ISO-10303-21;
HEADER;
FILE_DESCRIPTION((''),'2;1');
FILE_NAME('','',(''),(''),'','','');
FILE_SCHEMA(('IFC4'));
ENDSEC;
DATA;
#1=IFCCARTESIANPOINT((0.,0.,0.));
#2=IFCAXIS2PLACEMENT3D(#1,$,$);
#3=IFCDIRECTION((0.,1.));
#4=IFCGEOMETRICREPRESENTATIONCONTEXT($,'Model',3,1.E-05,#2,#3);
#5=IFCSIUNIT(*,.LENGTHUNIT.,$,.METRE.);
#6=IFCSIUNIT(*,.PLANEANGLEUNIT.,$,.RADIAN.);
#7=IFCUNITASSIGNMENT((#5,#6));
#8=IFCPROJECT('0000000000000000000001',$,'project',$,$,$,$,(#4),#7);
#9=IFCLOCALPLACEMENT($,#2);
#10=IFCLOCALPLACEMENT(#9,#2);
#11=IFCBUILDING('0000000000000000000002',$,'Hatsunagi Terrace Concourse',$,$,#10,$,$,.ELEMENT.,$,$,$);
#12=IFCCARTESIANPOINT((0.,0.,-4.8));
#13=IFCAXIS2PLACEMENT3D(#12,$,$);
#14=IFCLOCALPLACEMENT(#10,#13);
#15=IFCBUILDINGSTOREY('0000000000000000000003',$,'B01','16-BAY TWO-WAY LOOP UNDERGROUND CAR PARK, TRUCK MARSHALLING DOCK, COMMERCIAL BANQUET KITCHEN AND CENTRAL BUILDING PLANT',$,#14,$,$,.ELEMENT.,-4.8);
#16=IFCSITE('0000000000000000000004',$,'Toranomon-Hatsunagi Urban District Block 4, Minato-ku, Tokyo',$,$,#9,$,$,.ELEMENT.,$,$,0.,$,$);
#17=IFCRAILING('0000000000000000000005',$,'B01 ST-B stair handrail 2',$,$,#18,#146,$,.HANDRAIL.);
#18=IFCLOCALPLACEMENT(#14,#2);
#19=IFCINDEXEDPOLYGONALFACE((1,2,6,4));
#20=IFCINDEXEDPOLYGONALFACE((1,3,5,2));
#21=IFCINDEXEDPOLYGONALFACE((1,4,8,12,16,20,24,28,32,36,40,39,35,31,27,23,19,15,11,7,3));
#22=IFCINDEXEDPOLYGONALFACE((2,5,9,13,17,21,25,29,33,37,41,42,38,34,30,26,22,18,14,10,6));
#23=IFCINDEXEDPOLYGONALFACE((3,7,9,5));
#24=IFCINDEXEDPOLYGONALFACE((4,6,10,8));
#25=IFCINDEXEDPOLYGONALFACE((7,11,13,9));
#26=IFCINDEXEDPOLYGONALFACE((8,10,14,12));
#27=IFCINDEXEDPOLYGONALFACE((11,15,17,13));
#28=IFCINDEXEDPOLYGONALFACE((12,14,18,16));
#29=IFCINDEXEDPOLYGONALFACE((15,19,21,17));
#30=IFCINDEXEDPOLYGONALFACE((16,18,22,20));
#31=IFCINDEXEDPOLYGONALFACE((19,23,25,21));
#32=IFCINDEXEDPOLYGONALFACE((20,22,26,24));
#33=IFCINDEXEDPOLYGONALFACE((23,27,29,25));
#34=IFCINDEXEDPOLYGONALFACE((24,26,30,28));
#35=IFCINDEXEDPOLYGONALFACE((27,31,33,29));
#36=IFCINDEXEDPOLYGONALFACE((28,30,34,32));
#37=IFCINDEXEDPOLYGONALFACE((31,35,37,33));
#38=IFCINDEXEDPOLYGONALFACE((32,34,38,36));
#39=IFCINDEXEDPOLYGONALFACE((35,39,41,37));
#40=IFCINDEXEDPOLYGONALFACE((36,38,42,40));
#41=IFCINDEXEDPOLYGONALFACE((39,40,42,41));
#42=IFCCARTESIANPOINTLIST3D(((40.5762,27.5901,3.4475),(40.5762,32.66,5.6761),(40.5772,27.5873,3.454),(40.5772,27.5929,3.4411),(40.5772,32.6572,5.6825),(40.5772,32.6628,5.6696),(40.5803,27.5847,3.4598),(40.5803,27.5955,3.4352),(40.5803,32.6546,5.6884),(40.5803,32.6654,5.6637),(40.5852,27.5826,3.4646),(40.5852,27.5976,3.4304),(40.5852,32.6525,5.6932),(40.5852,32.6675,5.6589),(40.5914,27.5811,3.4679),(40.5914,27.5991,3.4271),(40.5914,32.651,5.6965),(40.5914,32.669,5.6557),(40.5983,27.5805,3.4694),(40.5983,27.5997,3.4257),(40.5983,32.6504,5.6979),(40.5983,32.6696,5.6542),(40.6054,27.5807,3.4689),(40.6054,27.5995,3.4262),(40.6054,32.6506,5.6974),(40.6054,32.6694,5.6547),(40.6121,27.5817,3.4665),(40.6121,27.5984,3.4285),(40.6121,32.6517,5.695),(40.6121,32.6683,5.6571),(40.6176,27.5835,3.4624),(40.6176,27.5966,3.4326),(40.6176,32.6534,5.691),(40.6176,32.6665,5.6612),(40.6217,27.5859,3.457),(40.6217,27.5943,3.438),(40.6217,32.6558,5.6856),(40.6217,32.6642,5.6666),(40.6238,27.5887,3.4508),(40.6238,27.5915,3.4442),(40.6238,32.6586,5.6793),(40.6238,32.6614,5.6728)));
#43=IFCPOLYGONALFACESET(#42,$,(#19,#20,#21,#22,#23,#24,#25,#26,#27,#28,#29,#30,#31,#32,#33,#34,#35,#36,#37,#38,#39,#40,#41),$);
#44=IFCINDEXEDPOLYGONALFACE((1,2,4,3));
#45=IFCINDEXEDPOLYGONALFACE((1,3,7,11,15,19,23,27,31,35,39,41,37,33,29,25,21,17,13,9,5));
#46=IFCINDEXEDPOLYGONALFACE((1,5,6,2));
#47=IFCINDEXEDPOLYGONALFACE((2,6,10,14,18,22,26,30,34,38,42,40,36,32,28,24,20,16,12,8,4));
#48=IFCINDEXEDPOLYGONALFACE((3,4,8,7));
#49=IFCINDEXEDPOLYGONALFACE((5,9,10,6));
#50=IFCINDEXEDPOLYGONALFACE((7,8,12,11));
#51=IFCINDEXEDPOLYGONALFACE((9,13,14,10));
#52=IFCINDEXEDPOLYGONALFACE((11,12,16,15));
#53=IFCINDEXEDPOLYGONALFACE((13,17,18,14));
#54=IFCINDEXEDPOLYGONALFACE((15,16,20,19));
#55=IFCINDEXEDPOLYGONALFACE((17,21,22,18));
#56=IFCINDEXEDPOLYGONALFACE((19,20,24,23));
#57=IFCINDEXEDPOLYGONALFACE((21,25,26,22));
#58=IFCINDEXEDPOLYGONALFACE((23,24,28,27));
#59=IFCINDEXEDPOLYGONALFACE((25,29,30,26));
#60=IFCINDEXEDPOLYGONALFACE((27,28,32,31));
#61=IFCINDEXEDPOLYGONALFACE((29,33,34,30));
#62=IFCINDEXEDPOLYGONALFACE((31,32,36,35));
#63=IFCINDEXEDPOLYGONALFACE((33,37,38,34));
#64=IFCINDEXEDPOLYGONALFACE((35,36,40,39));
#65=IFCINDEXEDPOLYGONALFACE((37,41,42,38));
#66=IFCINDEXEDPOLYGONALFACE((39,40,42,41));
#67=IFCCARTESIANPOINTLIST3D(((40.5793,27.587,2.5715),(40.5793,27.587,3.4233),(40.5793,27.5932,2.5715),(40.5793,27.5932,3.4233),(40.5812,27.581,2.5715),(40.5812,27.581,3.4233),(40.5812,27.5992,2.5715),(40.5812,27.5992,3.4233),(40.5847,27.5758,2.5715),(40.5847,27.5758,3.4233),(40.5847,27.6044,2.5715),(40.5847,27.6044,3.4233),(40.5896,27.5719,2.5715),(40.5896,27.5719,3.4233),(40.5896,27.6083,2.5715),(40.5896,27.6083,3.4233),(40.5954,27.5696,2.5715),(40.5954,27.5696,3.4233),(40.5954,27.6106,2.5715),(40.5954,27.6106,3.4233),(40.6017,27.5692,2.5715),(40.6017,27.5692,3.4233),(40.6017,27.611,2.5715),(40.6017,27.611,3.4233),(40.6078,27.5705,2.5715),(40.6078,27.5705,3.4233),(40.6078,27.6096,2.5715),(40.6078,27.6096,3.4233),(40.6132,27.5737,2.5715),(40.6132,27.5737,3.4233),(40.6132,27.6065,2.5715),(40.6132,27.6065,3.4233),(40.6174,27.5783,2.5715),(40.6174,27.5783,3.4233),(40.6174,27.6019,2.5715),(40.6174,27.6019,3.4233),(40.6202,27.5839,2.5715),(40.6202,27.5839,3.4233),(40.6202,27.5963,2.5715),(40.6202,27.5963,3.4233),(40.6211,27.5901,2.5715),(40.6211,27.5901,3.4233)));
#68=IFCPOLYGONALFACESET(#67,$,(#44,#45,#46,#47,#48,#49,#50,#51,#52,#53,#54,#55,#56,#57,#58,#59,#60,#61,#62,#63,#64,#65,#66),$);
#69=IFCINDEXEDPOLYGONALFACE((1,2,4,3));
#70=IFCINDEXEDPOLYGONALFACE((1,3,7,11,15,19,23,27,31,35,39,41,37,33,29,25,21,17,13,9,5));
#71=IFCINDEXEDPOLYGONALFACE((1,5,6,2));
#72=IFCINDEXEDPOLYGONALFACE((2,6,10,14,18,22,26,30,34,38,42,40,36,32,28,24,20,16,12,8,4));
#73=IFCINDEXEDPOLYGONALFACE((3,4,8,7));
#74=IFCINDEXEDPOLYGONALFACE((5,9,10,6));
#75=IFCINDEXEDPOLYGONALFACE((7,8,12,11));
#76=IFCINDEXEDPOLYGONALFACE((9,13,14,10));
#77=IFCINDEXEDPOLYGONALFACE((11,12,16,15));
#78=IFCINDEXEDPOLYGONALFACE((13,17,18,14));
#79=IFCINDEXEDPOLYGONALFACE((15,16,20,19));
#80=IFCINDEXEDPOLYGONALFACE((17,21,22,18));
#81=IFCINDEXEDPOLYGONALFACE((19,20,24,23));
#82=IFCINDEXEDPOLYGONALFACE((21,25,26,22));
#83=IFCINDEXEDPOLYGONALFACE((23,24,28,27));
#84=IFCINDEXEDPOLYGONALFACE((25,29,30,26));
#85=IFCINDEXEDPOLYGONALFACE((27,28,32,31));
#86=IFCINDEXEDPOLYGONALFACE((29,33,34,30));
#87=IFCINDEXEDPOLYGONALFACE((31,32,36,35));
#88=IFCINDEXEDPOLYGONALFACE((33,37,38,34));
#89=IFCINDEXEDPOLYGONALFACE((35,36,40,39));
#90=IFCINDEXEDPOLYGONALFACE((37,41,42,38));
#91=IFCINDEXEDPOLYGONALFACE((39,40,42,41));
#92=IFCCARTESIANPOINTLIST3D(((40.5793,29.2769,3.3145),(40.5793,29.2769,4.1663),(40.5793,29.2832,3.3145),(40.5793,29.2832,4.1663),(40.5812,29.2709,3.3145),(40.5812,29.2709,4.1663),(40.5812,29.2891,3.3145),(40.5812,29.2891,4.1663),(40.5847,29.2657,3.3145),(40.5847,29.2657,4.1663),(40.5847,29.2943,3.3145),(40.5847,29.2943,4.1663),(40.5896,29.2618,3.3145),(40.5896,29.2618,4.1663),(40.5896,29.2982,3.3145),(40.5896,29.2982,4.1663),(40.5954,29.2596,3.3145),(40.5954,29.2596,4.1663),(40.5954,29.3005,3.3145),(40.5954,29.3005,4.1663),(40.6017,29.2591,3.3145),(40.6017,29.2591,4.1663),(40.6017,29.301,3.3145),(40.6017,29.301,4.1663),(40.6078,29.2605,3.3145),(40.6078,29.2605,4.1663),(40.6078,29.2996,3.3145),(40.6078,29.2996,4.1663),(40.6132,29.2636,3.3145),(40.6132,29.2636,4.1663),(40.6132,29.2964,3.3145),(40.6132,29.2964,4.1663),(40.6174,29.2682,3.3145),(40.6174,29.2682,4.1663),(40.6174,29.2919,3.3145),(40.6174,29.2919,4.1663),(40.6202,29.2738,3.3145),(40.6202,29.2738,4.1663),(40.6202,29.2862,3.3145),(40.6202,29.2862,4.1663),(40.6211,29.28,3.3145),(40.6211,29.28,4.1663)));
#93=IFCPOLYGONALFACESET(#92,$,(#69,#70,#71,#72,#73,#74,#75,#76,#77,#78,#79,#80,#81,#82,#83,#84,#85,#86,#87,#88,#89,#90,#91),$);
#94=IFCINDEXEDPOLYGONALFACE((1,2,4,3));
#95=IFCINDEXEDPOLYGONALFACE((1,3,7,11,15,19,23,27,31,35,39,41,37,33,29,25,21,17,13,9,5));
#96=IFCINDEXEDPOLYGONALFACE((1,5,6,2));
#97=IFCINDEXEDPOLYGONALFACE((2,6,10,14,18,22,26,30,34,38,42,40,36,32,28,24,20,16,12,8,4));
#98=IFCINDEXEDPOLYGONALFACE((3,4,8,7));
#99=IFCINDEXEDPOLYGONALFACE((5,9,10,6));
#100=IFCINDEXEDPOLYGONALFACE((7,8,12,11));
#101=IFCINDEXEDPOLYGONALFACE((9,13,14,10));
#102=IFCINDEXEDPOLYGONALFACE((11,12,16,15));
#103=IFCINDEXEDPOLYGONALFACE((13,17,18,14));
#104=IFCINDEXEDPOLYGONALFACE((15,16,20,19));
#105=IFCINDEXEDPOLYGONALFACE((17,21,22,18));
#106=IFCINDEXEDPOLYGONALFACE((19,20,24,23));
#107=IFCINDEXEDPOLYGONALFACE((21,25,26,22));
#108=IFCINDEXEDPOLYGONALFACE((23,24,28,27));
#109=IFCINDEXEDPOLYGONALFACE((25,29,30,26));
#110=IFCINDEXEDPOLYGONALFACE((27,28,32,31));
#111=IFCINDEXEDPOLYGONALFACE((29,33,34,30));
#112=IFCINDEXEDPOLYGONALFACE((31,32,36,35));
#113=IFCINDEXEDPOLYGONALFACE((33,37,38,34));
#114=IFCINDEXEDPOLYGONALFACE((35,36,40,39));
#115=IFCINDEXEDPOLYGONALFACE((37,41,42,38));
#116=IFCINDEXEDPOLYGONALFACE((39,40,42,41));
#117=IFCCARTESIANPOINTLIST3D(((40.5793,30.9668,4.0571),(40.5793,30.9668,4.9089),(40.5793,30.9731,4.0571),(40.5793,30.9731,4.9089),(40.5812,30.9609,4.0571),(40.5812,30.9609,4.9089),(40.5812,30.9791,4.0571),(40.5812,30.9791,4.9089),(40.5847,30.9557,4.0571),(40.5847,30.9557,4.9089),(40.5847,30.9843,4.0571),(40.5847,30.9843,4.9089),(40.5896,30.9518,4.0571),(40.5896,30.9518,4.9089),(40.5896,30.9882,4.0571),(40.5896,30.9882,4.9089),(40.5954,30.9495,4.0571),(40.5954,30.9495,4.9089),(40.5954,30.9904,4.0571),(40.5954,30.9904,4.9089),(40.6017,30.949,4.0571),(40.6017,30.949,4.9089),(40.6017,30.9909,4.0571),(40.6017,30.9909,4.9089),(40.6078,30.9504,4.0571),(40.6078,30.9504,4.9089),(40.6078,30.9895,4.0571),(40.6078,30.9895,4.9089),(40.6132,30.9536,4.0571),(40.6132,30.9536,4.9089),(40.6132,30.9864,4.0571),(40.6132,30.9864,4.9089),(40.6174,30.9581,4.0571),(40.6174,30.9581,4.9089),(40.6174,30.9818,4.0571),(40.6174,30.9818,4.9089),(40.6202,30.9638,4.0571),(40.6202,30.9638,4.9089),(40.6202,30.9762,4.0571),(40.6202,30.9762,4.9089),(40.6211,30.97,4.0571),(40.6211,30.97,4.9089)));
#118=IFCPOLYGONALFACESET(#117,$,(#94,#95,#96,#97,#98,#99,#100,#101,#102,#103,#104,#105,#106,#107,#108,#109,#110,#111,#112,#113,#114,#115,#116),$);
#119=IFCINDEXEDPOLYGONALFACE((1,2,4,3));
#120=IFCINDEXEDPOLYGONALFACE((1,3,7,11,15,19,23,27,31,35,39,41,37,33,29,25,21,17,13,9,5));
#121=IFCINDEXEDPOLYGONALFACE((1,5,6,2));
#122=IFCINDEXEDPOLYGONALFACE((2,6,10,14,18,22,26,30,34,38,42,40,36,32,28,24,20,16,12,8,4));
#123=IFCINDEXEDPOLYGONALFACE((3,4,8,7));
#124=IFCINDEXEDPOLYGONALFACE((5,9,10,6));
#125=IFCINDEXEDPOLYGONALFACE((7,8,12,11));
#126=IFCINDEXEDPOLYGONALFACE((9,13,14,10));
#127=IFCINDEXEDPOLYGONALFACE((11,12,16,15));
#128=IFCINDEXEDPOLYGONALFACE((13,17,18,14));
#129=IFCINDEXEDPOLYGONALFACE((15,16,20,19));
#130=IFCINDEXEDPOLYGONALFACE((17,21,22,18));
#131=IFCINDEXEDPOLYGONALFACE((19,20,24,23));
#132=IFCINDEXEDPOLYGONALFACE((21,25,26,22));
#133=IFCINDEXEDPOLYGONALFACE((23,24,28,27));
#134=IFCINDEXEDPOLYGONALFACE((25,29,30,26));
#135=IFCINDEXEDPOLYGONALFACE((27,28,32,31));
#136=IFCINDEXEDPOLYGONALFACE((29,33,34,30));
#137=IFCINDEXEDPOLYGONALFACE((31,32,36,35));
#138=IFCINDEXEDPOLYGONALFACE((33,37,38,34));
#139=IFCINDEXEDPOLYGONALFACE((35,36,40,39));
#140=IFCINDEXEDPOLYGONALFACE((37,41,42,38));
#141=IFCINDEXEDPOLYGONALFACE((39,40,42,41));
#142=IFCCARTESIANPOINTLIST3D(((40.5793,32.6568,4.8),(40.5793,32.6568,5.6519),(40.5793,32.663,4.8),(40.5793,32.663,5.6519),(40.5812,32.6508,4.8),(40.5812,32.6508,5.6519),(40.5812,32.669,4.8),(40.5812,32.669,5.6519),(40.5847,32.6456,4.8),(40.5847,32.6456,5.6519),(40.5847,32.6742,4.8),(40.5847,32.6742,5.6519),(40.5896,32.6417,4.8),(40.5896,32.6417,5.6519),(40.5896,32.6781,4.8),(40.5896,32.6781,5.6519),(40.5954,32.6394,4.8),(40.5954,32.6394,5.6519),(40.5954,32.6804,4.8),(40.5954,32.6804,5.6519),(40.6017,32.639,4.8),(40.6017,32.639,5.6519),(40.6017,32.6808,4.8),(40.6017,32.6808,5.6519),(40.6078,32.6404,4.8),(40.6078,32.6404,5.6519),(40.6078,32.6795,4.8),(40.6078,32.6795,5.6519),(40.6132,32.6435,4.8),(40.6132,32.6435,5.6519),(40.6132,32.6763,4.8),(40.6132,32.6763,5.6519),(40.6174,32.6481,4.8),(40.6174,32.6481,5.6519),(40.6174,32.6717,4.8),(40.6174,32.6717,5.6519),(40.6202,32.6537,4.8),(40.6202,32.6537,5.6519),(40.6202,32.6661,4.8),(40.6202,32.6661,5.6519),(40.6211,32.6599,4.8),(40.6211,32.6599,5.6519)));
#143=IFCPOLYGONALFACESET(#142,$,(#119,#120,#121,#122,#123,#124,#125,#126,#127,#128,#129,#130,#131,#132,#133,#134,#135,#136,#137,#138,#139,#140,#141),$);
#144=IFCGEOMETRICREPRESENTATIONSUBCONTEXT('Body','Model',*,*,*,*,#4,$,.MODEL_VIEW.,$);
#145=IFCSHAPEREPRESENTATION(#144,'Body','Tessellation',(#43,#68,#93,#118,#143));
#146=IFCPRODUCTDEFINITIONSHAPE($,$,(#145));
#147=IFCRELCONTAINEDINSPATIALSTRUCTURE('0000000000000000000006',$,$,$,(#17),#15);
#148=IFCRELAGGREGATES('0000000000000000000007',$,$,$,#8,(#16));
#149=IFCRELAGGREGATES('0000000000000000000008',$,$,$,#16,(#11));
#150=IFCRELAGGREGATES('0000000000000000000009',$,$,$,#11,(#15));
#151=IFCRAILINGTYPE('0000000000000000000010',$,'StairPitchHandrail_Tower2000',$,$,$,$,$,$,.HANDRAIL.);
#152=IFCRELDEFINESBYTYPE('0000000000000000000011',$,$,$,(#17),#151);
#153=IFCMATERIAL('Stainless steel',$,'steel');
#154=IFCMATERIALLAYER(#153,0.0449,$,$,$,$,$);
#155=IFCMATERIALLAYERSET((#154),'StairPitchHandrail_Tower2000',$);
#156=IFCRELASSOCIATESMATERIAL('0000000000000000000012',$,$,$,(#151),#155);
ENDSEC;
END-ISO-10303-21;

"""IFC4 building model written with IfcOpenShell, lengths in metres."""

from ifc_helpers import new_model, si_unit, direction, frame, origin, origin_2d, place, context, subcontext, project, spatial, circle, extrude, material, layer, layer_set, type_object, element, save


model = new_model("IFC4")

# Units and contexts
model_context = context("Model", 3, precision=1e-05, world=origin(), true_north=direction((0.0, 1.0)))
body_context = subcontext(model_context, "Body", "Model", "MODEL_VIEW")
ifc_project = project(units=[si_unit("LENGTHUNIT", "METRE"), si_unit("PLANEANGLEUNIT", "RADIAN")], contexts=[model_context])

# Site, building, storey
site_placement = place(None, origin())
site = spatial("IfcSite", under=ifc_project, at=site_placement, Name="Toranomon-Hatsunagi Urban District Block 4, Minato-ku, Tokyo", CompositionType="ELEMENT", RefElevation=0.0)
building_placement = place(site_placement, origin())
building = spatial("IfcBuilding", under=site, at=building_placement, Name="Hatsunagi Terrace Concourse", CompositionType="ELEMENT")
storey_placement = place(building_placement, frame((0.0, 0.0, -4.8)))
storey = spatial("IfcBuildingStorey", under=building, at=storey_placement, Name="B01", Description="16-BAY TWO-WAY LOOP UNDERGROUND CAR PARK, TRUCK MARSHALLING DOCK, COMMERCIAL BANQUET KITCHEN AND CENTRAL BUILDING PLANT", CompositionType="ELEMENT", Elevation=-4.8)

# Railing
ifc_material_1 = material(Name="Stainless steel", Category="steel")
ifc_layer_1 = layer(ifc_material_1, 0.0449)
ifc_layer_set_1 = layer_set([ifc_layer_1], Name="StairPitchHandrail_Tower2000")
railing_type_1 = type_object("IfcRailingType", Name="StairPitchHandrail_Tower2000", PredefinedType="HANDRAIL", material=ifc_layer_set_1)
railing_1_placement = place(storey_placement, frame((40.6001, 27.5901, 2.5715)))
element("IfcRailing", 1, at=railing_1_placement, inside=storey, type_object=railing_type_1, Name="B01 ST-B stair handrail 2", PredefinedType="HANDRAIL", context=body_context, shape_type="SweptSolid", body=[
    extrude(circle(Radius=0.0239, at=origin_2d()), frame((0.0, 0.0, 0.876), z_axis=(0.0, 0.915462, 0.402405), x_axis=(-1.0, 0.0, 0.0)), (0.0, 0.0, 1.0), 5.5381),
    extrude(circle(Radius=0.021, at=origin_2d()), origin(), (0.0, 0.0, 1.0), 0.8518),
    extrude(circle(Radius=0.021, at=origin_2d()), frame((0.0, 1.6899, 0.7429)), (0.0, 0.0, 1.0), 0.8518),
    extrude(circle(Radius=0.021, at=origin_2d()), frame((0.0, 3.3799, 1.4856)), (0.0, 0.0, 1.0), 0.8518),
    extrude(circle(Radius=0.021, at=origin_2d()), frame((0.0, 5.0698, 2.2285)), (0.0, 0.0, 1.0), 0.8518),
])

save(model, "model.ifc")
